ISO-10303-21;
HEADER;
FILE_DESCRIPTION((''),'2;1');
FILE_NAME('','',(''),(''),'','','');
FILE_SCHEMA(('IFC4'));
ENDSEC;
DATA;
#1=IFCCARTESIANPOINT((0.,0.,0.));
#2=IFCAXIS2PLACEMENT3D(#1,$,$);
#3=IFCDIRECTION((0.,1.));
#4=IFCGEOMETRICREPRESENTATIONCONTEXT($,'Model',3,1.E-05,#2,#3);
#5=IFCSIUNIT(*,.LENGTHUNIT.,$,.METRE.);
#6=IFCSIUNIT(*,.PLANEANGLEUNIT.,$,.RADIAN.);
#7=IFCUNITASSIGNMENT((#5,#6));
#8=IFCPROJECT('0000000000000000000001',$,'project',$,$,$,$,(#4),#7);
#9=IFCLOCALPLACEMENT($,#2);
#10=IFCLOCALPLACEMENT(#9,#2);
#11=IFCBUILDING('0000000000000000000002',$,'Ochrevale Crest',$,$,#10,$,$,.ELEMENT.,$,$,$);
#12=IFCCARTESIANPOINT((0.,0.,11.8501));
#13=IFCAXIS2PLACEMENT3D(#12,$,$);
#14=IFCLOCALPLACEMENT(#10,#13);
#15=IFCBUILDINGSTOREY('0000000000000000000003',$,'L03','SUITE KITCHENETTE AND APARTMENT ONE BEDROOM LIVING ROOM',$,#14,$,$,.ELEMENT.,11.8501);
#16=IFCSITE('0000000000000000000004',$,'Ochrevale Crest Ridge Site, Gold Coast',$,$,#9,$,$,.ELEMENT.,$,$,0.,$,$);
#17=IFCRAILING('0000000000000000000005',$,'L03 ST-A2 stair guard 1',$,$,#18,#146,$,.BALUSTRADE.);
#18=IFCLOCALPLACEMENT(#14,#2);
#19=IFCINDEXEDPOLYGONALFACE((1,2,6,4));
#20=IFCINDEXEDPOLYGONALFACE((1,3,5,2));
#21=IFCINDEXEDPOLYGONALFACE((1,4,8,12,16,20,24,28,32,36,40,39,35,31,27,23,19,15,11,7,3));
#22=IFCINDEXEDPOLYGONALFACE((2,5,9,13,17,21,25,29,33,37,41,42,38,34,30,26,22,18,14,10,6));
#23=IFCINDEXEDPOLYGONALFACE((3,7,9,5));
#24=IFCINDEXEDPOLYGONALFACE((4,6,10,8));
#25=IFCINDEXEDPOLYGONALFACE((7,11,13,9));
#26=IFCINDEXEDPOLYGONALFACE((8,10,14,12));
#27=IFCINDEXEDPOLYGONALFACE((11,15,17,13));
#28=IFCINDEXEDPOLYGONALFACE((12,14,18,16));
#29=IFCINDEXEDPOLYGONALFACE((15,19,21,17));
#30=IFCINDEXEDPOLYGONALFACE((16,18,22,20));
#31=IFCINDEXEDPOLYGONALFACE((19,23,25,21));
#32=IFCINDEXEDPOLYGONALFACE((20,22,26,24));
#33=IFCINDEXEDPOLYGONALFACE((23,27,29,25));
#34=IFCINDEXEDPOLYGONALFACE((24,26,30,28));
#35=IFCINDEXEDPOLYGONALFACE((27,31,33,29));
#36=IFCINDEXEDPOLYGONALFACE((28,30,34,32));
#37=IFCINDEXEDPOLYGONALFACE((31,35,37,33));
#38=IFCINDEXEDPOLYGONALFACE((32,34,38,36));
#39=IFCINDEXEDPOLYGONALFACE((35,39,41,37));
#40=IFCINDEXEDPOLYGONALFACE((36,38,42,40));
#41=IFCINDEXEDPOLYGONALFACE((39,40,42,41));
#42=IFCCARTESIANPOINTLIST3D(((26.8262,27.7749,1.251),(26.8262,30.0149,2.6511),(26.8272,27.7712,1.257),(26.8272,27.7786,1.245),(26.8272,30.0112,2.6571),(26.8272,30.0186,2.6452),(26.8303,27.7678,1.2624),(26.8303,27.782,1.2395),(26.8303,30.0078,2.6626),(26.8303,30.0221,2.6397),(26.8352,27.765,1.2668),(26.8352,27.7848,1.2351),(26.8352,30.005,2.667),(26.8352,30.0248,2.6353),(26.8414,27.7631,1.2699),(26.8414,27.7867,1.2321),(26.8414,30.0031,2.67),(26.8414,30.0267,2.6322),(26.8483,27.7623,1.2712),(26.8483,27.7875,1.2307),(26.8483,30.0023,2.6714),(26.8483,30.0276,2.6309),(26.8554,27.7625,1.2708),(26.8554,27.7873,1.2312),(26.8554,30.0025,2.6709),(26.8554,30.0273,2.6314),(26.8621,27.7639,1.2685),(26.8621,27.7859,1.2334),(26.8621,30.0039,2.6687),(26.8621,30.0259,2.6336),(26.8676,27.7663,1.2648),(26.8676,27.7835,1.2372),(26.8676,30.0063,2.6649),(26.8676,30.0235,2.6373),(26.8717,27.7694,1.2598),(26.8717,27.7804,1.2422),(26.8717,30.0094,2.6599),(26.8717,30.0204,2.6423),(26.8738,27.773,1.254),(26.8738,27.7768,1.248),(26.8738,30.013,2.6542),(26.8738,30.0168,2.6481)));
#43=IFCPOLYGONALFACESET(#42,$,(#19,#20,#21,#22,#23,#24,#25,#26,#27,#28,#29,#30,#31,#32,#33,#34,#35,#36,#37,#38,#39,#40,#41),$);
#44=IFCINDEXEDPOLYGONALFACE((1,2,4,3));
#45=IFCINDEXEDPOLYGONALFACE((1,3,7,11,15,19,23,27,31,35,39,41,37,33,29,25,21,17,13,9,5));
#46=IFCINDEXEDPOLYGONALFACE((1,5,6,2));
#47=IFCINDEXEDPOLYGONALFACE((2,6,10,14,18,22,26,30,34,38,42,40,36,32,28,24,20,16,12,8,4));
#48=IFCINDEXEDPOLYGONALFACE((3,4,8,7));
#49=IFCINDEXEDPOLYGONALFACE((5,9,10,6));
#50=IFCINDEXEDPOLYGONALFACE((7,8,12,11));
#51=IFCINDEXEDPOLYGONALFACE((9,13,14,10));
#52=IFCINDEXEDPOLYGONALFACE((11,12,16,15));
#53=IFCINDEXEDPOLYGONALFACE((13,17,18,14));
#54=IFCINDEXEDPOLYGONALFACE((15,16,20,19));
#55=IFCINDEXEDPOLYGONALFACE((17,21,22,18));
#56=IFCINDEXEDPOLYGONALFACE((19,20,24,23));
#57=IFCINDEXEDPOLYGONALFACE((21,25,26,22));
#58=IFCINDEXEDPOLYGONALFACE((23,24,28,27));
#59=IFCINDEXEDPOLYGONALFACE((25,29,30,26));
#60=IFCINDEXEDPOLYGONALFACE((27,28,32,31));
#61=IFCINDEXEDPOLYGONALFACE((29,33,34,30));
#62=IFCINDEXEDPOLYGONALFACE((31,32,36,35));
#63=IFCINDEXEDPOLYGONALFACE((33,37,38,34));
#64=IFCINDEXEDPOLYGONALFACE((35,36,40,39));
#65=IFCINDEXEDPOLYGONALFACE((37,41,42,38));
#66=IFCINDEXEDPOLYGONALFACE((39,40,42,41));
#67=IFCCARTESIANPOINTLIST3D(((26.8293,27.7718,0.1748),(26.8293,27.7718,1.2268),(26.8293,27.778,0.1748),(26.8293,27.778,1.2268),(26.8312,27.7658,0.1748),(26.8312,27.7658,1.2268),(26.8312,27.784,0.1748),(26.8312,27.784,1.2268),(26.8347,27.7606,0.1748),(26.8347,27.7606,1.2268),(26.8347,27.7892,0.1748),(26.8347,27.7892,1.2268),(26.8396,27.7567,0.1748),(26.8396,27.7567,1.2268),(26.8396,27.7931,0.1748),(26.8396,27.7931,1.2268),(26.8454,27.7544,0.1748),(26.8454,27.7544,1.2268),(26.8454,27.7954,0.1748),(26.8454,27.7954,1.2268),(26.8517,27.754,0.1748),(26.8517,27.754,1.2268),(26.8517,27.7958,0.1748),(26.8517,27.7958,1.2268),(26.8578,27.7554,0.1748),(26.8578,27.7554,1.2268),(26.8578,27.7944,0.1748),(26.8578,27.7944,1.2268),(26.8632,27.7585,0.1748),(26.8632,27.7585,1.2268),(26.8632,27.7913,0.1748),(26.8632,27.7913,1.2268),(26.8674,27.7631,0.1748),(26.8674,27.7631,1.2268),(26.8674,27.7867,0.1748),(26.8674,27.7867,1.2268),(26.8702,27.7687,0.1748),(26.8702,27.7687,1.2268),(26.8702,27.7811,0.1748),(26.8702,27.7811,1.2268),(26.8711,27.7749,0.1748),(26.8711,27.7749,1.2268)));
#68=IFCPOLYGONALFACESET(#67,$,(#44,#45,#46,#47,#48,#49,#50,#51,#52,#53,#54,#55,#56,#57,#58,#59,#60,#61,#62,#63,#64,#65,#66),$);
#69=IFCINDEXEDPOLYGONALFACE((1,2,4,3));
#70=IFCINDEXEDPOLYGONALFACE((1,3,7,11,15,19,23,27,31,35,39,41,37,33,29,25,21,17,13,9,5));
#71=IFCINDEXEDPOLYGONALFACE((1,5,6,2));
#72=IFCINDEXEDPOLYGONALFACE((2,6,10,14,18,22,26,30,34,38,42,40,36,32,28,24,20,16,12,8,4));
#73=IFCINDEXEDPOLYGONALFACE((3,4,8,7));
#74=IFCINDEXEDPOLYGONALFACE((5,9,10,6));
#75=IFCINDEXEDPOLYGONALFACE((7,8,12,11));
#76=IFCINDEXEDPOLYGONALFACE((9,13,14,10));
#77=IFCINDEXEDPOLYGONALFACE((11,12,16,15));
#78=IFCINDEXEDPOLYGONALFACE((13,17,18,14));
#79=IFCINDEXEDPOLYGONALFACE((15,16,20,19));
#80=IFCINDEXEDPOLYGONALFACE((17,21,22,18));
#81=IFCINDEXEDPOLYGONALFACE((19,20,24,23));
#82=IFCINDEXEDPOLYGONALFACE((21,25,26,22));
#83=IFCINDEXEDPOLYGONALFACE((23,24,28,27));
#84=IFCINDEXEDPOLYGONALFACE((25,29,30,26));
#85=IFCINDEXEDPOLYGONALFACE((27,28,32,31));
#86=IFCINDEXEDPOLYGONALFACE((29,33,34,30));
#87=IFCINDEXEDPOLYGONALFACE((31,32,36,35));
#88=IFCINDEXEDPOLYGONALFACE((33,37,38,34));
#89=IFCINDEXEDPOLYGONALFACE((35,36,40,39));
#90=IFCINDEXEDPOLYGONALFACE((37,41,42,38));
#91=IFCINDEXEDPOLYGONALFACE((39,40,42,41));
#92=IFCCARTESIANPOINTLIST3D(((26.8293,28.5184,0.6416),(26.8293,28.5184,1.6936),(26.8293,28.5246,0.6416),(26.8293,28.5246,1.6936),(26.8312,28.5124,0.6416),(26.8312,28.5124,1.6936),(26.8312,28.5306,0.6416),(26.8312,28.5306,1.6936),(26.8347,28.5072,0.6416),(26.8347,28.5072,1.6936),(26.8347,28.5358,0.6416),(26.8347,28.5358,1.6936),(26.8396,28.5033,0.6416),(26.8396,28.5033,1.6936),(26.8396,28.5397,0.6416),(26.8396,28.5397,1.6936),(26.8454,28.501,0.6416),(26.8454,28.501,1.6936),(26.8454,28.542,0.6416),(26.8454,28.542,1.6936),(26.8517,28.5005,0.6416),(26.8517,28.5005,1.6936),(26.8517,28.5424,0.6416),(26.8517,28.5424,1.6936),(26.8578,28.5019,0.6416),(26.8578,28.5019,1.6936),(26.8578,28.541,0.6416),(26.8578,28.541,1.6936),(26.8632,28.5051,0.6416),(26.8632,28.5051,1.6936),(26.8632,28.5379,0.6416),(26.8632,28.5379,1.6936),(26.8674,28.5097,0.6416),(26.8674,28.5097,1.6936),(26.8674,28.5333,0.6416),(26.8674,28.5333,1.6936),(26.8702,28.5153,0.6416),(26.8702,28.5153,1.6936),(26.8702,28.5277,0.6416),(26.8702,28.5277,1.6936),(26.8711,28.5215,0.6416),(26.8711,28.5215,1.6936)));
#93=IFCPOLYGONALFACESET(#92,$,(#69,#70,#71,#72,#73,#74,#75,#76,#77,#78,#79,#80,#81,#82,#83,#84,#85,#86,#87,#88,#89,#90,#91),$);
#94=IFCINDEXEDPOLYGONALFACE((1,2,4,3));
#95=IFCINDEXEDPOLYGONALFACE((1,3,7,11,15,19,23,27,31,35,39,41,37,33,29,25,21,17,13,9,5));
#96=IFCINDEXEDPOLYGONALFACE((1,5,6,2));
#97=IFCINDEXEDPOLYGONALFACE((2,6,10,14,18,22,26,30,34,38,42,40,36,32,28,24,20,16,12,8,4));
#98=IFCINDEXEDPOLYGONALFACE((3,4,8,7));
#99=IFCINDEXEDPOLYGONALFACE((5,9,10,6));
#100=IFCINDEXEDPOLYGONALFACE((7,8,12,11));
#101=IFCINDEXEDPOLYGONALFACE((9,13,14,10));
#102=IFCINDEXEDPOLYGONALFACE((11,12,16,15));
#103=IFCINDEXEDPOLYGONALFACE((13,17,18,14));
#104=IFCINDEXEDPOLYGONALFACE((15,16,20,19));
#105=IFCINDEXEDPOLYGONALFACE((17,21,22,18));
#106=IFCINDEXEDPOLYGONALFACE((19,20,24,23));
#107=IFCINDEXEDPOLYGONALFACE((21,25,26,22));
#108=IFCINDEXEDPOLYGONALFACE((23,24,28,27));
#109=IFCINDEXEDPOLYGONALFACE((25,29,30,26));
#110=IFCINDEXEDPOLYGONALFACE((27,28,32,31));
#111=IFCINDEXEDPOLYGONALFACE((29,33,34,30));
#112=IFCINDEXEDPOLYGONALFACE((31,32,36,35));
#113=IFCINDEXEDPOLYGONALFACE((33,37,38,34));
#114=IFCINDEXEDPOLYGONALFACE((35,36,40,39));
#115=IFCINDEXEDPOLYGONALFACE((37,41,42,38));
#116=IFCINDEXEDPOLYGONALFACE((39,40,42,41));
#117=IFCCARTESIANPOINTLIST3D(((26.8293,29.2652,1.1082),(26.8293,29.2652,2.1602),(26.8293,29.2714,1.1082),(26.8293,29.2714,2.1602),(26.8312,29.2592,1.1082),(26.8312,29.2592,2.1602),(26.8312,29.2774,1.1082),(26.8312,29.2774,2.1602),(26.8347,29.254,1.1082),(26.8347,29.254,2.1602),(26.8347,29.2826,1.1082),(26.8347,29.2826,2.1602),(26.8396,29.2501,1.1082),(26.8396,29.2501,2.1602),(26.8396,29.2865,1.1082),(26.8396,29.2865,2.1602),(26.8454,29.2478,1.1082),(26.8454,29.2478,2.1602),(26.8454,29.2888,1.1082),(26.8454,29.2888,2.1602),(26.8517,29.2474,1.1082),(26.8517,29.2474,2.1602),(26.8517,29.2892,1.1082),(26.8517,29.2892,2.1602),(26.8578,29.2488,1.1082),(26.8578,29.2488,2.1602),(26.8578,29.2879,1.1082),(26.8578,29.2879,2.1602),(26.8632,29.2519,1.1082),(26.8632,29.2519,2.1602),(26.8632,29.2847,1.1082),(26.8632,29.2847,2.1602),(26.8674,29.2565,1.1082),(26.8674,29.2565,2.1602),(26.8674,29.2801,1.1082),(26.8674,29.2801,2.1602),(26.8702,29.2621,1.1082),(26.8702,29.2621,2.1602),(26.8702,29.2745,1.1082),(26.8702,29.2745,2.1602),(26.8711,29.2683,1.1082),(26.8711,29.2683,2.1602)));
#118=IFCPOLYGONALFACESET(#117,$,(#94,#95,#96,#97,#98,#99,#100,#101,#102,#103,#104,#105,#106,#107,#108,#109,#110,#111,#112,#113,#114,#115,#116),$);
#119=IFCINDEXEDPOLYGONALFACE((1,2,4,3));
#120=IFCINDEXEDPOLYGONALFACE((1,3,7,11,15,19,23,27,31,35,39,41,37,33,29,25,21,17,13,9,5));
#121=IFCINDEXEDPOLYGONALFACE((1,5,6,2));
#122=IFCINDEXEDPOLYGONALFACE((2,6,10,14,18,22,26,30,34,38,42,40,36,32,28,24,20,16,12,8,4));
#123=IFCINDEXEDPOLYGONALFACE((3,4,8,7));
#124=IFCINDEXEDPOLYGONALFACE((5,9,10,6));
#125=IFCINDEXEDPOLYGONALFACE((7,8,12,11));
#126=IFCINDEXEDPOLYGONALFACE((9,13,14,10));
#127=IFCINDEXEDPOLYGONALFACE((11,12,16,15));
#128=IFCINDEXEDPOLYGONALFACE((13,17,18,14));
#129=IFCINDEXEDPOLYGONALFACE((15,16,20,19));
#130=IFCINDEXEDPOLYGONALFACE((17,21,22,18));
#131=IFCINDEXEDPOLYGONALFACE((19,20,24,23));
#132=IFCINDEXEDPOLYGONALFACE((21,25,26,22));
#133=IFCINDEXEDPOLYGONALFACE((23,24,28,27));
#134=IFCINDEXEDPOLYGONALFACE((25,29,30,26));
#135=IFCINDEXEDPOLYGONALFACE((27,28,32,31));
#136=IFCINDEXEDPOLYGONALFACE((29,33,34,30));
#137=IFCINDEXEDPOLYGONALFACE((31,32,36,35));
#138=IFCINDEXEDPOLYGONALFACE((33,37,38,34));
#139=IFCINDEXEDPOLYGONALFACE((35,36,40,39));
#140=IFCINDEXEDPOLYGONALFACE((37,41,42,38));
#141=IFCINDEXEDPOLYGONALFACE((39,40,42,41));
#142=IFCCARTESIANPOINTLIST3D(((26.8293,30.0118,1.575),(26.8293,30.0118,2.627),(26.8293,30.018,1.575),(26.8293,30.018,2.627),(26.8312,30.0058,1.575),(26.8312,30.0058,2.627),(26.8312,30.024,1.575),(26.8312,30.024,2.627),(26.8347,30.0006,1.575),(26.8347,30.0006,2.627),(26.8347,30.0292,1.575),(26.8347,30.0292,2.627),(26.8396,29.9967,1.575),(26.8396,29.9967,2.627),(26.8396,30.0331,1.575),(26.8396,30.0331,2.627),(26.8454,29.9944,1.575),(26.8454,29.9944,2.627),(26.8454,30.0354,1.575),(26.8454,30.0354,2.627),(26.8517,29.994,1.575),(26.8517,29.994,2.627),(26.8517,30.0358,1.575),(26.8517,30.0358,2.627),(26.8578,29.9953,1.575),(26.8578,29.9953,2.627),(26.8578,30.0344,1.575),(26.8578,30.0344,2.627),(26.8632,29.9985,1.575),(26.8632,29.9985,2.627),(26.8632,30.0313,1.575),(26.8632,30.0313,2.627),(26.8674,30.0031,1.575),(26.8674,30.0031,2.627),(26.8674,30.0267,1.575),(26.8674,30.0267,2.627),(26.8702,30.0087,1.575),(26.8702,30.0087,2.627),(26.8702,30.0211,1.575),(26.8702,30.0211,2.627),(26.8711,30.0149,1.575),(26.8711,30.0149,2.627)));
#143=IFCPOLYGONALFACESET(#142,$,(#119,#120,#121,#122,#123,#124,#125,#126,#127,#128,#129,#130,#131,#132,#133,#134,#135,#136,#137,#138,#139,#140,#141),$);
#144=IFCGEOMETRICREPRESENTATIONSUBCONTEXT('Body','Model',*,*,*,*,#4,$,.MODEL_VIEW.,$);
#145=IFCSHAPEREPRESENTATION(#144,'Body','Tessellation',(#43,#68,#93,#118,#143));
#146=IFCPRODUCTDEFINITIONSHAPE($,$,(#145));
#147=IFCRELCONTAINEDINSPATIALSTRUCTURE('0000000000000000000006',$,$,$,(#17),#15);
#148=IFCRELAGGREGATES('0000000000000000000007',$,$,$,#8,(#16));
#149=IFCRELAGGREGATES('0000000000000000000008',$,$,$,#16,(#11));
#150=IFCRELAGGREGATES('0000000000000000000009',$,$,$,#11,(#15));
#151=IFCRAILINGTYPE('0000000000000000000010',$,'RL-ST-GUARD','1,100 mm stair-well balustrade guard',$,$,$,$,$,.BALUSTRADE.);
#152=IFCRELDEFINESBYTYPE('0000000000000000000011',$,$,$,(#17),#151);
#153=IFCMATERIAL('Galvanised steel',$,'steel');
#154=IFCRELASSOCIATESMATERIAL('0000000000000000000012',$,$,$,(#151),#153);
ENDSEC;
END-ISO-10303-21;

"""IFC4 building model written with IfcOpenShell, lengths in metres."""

from ifc_helpers import new_model, si_unit, direction, frame, origin, origin_2d, place, context, subcontext, project, spatial, circle, extrude, material, type_object, element, save


model = new_model("IFC4")

# Units and contexts
model_context = context("Model", 3, precision=1e-05, world=origin(), true_north=direction((0.0, 1.0)))
body_context = subcontext(model_context, "Body", "Model", "MODEL_VIEW")
ifc_project = project(units=[si_unit("LENGTHUNIT", "METRE"), si_unit("PLANEANGLEUNIT", "RADIAN")], contexts=[model_context])

# Site, building, storey
site_placement = place(None, origin())
site = spatial("IfcSite", under=ifc_project, at=site_placement, Name="Ochrevale Crest Ridge Site, Gold Coast", CompositionType="ELEMENT", RefElevation=0.0)
building_placement = place(site_placement, origin())
building = spatial("IfcBuilding", under=site, at=building_placement, Name="Ochrevale Crest", CompositionType="ELEMENT")
storey_placement = place(building_placement, frame((0.0, 0.0, 11.8501)))
storey = spatial("IfcBuildingStorey", under=building, at=storey_placement, Name="L03", Description="SUITE KITCHENETTE AND APARTMENT ONE BEDROOM LIVING ROOM", CompositionType="ELEMENT", Elevation=11.8501)

# Railing
ifc_material_1 = material(Name="Galvanised steel", Category="steel")
railing_type_1 = type_object("IfcRailingType", Name="RL-ST-GUARD", Description="1,100 mm stair-well balustrade guard", PredefinedType="BALUSTRADE", material=ifc_material_1)
railing_1_placement = place(storey_placement, frame((26.8501, 27.7749, 0.1748)))
element("IfcRailing", 1, at=railing_1_placement, inside=storey, type_object=railing_type_1, Name="L03 ST-A2 stair guard 1", PredefinedType="BALUSTRADE", context=body_context, shape_type="SweptSolid", body=[
    extrude(circle(Radius=0.0239, at=origin_2d()), frame((0.0, 0.0, 1.0762), z_axis=(0.0, 0.847972, 0.53004), x_axis=(-1.0, 0.0, 0.0)), (0.0, 0.0, 1.0), 2.6416),
    extrude(circle(Radius=0.021, at=origin_2d()), origin(), (0.0, 0.0, 1.0), 1.052),
    extrude(circle(Radius=0.021, at=origin_2d()), frame((0.0, 0.7466, 0.4668)), (0.0, 0.0, 1.0), 1.052),
    extrude(circle(Radius=0.021, at=origin_2d()), frame((0.0, 1.4934, 0.9333)), (0.0, 0.0, 1.0), 1.052),
    extrude(circle(Radius=0.021, at=origin_2d()), frame((0.0, 2.24, 1.4001)), (0.0, 0.0, 1.0), 1.052),
])

save(model, "model.ifc")
